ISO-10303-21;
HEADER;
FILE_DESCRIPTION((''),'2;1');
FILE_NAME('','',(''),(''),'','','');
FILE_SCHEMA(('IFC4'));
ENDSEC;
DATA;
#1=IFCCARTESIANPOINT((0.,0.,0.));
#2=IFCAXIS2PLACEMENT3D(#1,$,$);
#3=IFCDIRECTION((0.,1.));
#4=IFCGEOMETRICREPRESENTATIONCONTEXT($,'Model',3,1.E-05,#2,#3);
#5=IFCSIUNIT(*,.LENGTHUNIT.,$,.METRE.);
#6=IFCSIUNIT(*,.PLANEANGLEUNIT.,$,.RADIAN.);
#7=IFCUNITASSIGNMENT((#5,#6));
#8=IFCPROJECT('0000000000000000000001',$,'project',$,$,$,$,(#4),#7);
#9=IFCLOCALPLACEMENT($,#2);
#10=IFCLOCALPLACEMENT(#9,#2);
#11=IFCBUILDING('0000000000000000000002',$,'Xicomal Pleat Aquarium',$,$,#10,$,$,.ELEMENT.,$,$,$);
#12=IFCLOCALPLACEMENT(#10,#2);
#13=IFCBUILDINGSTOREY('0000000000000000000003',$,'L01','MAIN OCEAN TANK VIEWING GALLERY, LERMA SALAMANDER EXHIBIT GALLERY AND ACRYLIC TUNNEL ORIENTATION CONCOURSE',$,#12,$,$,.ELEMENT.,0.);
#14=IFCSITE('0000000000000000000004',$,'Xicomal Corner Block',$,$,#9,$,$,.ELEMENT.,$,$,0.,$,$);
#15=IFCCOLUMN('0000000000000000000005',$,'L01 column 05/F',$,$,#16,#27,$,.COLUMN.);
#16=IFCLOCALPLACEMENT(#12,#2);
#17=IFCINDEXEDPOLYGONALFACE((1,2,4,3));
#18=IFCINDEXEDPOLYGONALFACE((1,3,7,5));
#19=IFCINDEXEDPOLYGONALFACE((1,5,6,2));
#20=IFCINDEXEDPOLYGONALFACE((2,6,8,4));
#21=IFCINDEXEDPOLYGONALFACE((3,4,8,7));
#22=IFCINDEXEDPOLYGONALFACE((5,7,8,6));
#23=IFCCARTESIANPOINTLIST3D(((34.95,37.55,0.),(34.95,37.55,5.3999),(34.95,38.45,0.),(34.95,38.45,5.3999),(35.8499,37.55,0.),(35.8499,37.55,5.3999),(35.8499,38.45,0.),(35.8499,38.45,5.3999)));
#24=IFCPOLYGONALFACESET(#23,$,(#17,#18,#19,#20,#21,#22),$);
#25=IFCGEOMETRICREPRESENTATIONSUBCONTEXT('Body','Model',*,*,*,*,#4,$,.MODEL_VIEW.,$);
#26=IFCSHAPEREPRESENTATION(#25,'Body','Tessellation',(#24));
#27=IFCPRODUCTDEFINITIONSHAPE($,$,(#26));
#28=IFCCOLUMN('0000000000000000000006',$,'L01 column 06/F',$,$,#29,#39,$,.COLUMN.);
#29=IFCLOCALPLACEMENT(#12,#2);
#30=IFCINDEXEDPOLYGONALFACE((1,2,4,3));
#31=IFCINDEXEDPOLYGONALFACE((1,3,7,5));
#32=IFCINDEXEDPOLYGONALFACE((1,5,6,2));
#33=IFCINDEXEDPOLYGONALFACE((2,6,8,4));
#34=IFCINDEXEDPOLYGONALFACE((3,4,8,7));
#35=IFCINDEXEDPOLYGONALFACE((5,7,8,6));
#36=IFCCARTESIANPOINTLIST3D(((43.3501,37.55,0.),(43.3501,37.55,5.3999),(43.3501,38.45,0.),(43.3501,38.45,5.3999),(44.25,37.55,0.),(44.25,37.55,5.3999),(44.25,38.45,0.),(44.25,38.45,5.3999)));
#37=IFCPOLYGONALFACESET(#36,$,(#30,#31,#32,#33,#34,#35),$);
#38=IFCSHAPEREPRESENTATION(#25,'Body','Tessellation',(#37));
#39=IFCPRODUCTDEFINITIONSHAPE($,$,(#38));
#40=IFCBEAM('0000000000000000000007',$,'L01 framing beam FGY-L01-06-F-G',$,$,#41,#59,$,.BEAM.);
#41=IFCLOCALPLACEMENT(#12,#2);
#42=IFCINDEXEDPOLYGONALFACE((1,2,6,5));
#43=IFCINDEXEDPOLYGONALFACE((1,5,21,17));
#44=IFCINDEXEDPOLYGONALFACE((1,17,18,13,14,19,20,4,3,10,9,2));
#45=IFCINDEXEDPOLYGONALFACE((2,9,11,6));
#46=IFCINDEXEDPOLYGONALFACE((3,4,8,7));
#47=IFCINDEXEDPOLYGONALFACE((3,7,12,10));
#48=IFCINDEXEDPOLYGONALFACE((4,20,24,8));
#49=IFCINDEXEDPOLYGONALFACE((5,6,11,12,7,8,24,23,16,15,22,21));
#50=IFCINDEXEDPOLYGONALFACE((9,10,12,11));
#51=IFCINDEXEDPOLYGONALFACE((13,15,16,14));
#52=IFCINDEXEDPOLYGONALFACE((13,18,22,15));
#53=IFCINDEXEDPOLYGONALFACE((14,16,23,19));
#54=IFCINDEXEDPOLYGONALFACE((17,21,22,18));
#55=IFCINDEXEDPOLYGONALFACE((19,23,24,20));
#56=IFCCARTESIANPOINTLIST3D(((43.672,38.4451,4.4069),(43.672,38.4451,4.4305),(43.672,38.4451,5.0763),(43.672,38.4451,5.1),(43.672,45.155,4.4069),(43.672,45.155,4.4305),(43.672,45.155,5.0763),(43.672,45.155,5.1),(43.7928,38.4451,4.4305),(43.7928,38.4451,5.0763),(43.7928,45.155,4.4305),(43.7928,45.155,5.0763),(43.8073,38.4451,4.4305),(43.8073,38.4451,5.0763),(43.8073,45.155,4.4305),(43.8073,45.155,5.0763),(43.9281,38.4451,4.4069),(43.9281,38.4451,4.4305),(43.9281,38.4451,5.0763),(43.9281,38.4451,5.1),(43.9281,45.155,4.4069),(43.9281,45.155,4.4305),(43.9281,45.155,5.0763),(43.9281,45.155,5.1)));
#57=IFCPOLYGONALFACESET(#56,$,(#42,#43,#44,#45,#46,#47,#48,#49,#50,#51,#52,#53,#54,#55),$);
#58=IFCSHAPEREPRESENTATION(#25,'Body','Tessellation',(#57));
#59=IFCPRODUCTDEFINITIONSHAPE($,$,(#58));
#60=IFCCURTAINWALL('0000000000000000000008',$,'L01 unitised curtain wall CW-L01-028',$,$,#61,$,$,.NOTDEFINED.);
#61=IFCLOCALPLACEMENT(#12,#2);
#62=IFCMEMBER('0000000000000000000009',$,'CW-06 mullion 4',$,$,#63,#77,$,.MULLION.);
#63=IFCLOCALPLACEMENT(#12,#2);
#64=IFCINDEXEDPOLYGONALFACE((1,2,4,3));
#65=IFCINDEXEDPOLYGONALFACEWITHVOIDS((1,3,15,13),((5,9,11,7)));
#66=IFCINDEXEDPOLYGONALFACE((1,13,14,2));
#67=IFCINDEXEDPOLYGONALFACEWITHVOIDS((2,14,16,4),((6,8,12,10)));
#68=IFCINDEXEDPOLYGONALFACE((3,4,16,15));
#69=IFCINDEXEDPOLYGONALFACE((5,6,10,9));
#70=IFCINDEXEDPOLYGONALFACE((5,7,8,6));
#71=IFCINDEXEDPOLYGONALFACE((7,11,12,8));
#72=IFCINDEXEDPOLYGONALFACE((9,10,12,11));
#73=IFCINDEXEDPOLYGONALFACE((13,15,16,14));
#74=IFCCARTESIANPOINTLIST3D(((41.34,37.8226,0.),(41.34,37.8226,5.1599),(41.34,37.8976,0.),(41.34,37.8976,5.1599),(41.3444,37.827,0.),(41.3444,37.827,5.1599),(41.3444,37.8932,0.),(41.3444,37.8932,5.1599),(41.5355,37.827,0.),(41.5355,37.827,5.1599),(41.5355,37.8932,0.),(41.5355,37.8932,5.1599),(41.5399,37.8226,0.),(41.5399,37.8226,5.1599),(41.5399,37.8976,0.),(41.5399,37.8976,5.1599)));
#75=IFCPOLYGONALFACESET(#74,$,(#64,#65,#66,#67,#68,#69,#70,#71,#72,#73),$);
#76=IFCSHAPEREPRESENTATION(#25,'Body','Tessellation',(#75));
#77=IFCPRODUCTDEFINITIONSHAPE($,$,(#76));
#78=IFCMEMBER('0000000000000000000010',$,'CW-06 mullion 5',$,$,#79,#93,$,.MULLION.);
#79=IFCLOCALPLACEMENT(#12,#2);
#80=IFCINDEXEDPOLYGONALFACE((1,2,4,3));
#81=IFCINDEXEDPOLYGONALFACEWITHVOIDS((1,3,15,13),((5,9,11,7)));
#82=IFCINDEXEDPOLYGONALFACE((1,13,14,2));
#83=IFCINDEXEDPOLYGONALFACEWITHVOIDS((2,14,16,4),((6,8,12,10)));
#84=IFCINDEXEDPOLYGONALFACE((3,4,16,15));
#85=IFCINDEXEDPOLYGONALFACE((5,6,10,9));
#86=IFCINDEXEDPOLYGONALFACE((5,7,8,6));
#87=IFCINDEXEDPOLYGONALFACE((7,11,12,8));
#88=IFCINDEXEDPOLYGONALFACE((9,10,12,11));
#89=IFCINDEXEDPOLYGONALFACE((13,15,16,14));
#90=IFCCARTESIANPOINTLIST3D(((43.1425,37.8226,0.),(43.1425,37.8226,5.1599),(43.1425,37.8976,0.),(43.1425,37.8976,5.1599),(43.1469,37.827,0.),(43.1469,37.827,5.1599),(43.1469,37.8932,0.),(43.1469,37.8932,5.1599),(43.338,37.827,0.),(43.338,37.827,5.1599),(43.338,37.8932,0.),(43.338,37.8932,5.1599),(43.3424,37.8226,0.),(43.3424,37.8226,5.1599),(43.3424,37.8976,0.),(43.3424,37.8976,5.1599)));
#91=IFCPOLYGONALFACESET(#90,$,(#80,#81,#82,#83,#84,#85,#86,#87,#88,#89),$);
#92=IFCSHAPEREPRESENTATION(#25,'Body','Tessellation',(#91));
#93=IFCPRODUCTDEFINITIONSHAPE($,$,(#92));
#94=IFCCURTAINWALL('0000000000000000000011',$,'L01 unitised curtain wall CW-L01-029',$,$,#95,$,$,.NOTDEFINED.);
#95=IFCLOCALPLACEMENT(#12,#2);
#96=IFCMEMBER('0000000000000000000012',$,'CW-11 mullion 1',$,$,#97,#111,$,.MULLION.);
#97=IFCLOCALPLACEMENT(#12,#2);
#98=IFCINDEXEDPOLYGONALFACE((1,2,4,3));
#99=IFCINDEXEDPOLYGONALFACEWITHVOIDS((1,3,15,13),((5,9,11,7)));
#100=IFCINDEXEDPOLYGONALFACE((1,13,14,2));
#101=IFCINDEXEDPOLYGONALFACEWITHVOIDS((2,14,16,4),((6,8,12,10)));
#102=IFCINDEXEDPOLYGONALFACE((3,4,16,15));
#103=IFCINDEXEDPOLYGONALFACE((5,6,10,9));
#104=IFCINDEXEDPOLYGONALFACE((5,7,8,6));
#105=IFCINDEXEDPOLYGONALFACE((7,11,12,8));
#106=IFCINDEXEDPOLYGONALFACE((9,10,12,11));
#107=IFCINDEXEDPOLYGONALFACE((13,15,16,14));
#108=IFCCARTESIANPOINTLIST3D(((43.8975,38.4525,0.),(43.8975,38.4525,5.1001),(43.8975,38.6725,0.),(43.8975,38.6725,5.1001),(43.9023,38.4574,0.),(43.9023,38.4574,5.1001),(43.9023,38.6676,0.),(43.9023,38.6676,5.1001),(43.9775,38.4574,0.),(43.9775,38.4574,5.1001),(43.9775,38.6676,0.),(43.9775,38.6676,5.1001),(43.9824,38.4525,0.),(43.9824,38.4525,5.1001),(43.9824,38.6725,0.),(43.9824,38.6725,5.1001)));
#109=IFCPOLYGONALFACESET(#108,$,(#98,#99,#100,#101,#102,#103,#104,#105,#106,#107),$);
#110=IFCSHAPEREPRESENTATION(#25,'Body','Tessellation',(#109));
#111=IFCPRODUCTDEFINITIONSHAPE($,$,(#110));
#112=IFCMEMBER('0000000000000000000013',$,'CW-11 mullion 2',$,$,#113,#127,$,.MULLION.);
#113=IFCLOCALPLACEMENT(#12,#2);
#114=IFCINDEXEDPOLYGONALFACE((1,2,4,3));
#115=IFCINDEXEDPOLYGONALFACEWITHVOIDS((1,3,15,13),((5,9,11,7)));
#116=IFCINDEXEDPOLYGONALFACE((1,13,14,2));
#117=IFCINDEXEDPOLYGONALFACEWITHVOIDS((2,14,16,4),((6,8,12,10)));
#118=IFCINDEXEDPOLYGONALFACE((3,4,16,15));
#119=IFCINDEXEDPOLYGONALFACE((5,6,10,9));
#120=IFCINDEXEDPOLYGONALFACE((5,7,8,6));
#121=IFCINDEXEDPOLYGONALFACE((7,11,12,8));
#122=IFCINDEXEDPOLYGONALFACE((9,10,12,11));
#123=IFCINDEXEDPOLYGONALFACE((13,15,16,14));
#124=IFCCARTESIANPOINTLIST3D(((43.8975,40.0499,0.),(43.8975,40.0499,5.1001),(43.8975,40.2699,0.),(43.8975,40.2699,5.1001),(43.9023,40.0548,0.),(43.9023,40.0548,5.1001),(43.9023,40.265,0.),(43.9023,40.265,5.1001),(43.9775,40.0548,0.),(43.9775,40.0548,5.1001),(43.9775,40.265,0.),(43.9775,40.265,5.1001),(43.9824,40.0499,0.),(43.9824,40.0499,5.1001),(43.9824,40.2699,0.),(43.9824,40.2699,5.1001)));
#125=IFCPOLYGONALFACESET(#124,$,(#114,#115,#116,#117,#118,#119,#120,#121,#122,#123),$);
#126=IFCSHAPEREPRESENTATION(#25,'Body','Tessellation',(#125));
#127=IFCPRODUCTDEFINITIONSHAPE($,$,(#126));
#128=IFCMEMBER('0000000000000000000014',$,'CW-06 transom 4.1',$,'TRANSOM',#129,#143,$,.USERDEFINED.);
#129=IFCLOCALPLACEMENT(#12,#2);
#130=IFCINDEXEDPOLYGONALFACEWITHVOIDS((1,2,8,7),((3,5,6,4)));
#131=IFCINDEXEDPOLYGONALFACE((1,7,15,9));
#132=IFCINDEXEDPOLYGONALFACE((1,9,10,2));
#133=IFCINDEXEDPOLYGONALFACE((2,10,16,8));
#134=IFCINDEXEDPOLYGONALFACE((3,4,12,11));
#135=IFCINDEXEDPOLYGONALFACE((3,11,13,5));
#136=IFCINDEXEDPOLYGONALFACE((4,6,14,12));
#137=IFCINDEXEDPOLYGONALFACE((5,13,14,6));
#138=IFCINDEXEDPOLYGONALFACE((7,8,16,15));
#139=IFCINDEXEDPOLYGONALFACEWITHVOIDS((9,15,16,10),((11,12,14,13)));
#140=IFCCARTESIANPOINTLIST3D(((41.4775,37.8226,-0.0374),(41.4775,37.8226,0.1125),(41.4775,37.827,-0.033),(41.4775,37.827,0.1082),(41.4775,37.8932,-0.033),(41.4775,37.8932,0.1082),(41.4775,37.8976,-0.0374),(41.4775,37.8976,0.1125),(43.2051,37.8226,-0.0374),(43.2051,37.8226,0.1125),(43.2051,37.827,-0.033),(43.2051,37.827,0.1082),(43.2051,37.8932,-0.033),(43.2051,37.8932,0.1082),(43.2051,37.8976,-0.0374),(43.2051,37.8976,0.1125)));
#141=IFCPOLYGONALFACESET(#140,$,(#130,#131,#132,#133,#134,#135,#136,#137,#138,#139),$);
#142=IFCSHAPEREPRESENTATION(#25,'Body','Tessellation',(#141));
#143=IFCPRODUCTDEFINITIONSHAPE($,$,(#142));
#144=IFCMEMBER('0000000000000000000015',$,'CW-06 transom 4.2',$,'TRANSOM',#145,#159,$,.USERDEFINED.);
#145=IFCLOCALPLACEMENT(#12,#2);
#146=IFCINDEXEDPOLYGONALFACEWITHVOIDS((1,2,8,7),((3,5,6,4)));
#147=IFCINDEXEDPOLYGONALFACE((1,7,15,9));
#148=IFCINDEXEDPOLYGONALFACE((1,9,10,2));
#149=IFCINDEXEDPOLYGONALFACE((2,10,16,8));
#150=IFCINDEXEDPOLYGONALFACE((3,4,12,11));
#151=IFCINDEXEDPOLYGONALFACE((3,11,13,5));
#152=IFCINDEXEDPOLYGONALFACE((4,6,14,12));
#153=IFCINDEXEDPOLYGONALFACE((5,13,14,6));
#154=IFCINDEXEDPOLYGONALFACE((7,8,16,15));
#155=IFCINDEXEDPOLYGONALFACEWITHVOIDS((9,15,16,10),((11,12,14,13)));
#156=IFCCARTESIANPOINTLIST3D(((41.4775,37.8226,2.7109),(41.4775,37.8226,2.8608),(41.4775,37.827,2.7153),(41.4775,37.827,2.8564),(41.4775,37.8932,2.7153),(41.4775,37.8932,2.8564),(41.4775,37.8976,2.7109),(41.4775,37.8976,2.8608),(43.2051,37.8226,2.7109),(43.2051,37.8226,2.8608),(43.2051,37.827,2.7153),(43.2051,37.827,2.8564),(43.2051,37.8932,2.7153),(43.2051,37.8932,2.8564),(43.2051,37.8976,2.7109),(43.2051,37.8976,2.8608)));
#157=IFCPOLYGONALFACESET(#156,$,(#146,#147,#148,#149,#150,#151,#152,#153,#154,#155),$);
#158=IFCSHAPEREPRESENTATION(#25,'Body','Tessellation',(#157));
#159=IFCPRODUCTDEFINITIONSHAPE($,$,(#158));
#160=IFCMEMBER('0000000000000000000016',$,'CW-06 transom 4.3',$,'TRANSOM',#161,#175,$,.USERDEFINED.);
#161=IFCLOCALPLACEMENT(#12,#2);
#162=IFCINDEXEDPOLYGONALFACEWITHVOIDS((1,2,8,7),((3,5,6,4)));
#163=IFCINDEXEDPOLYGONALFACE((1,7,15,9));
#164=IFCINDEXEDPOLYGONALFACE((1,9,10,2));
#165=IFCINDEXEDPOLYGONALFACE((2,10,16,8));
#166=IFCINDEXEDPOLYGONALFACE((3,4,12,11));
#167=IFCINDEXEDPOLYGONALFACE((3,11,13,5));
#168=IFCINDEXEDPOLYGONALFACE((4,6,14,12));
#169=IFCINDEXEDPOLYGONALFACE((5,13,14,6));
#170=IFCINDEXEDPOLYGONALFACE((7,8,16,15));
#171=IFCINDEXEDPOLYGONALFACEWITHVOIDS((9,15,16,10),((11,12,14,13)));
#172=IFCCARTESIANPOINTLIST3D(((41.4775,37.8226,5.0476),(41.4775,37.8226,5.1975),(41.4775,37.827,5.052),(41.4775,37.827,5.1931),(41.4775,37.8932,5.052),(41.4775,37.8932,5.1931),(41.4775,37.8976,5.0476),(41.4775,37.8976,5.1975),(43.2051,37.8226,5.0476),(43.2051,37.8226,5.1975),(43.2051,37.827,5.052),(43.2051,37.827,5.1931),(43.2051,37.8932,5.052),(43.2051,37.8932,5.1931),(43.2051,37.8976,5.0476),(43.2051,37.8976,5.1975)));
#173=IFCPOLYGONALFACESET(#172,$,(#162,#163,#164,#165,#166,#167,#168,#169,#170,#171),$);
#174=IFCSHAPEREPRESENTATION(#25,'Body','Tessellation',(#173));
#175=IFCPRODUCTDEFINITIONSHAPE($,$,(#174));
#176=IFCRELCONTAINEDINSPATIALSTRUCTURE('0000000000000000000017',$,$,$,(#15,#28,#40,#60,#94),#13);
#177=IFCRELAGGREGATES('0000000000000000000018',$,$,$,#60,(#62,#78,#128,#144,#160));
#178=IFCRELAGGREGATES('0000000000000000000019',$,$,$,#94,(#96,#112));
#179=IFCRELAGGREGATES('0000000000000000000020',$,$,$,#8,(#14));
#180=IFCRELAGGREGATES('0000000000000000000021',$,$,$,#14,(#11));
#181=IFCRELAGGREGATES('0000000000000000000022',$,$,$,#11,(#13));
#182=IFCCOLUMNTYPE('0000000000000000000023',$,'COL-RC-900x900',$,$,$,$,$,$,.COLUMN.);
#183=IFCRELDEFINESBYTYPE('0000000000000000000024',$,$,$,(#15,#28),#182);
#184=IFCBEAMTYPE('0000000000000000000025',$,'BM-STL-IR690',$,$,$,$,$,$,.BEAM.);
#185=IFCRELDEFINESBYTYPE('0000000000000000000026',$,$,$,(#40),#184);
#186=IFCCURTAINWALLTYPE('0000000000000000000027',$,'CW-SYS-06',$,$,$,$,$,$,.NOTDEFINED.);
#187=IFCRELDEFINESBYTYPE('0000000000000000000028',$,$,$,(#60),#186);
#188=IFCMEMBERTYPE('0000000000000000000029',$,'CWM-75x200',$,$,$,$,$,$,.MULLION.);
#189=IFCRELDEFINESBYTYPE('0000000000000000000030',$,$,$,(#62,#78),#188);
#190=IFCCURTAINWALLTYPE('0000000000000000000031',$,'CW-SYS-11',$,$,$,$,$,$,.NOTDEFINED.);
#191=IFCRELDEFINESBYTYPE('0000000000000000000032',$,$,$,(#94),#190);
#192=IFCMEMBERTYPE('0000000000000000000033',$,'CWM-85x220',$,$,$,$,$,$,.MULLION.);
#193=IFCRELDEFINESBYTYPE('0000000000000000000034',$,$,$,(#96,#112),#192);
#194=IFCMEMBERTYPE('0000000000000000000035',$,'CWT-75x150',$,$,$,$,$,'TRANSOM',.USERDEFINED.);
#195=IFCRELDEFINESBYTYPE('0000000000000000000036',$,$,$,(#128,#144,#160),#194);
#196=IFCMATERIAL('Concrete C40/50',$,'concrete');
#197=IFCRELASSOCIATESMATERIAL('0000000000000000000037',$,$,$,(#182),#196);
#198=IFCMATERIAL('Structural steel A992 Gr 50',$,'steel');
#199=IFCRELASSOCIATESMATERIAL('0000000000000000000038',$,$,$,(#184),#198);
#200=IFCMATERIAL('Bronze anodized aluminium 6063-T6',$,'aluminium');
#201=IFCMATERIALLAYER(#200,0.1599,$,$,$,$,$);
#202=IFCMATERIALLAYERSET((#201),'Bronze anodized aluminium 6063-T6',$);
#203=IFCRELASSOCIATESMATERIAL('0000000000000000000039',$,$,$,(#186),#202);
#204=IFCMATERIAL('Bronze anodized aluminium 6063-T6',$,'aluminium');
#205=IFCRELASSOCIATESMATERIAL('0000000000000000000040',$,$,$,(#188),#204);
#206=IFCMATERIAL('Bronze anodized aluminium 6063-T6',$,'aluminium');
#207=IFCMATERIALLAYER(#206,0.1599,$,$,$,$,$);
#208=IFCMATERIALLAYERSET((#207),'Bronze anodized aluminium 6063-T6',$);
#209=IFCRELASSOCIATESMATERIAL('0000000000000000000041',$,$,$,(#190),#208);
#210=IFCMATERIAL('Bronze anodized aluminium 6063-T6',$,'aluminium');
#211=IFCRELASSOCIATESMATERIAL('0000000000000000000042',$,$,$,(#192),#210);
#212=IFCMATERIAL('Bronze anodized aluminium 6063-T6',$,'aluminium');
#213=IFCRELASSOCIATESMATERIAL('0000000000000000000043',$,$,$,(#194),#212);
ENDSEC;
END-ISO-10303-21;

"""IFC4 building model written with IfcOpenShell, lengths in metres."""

from ifc_helpers import new_model, si_unit, direction, frame, origin, origin_2d, place, context, subcontext, project, spatial, rectangle, hollow_rectangle, i_section, extrude, material, layer, layer_set, material_profile, profile_set, type_object, element, aggregate, save


model = new_model("IFC4")

# Units and contexts
model_context = context("Model", 3, precision=1e-05, world=origin(), true_north=direction((0.0, 1.0)))
body_context = subcontext(model_context, "Body", "Model", "MODEL_VIEW")
ifc_project = project(units=[si_unit("LENGTHUNIT", "METRE"), si_unit("PLANEANGLEUNIT", "RADIAN")], contexts=[model_context])

# Site, building, storey
site_placement = place(None, origin())
site = spatial("IfcSite", under=ifc_project, at=site_placement, Name="Xicomal Corner Block", CompositionType="ELEMENT", RefElevation=0.0)
building_placement = place(site_placement, origin())
building = spatial("IfcBuilding", under=site, at=building_placement, Name="Xicomal Pleat Aquarium", CompositionType="ELEMENT")
storey_placement = place(building_placement, origin())
storey = spatial("IfcBuildingStorey", under=building, at=storey_placement, Name="L01", Description="MAIN OCEAN TANK VIEWING GALLERY, LERMA SALAMANDER EXHIBIT GALLERY AND ACRYLIC TUNNEL ORIENTATION CONCOURSE", CompositionType="ELEMENT", Elevation=0.0)

# Columns
ifc_material_1 = material(Name="Concrete C40/50", Category="concrete")
ifc_material_profile_1 = material_profile(ifc_material_1, rectangle(XDim=0.8999, YDim=0.8999, at=origin_2d()), Name="RC 900x900")
ifc_profile_set_1 = profile_set([ifc_material_profile_1], Name="Concrete C40/50")
column_type = type_object("IfcColumnType", Name="COL-RC-900x900", PredefinedType="COLUMN", material=ifc_profile_set_1)
for number, where, z_axis, x_axis, name in (
    (1, (35.3999, 38.0, 0.0), (0.0, 0.0, 1.0), (1.0, 0.0, 0.0), "L01 column 05/F"),
    (2, (43.8, 38.0, 0.0), (0.0, 0.0, 1.0), (1.0, 0.0, 0.0), "L01 column 06/F"),
):
    element("IfcColumn", number, at=place(storey_placement, frame(where, z_axis=z_axis, x_axis=x_axis)), inside=storey, type_object=column_type, Name=name, PredefinedType="COLUMN", context=body_context, shape_type="SweptSolid", body=[
        extrude(rectangle(XDim=0.8999, YDim=0.8999, at=origin_2d()), origin(), (0.0, 0.0, 1.0), 5.3999),
    ])

# Beam
ifc_material_2 = material(Name="Structural steel A992 Gr 50", Category="steel")
ifc_material_profile_2 = material_profile(ifc_material_2, i_section(OverallWidth=0.2561, OverallDepth=0.6931, WebThickness=0.0144, FlangeThickness=0.0237, at=origin_2d()), Name="IR 690x170")
ifc_profile_set_2 = profile_set([ifc_material_profile_2], Name="Structural steel A992 Gr 50")
beam_type = type_object("IfcBeamType", Name="BM-STL-IR690", PredefinedType="BEAM", material=ifc_profile_set_2)
beam_placement = place(storey_placement, frame((43.8, 38.4451, 4.7534), z_axis=(0.0, 1.0, 0.0), x_axis=(-1.0, 0.0, 0.0)))
element("IfcBeam", 3, at=beam_placement, inside=storey, type_object=beam_type, Name="L01 framing beam FGY-L01-06-F-G", PredefinedType="BEAM", context=body_context, shape_type="SweptSolid", body=[
    extrude(i_section(OverallWidth=0.2561, OverallDepth=0.6931, WebThickness=0.0144, FlangeThickness=0.0237, at=origin_2d()), origin(), (0.0, 0.0, 1.0), 6.71),
])

# Curtain walls, members
ifc_material_3 = material(Name="Bronze anodized aluminium 6063-T6", Category="aluminium")
ifc_layer_1 = layer(ifc_material_3, 0.1599)
ifc_layer_set_1 = layer_set([ifc_layer_1], Name="Bronze anodized aluminium 6063-T6")
curtain_wall_type_1 = type_object("IfcCurtainWallType", Name="CW-SYS-06", PredefinedType="NOTDEFINED", material=ifc_layer_set_1)
curtain_wall_1_placement = place(storey_placement, origin())
curtain_wall_1 = element("IfcCurtainWall", 4, at=curtain_wall_1_placement, inside=storey, type_object=curtain_wall_type_1, Name="L01 unitised curtain wall CW-L01-028", PredefinedType="NOTDEFINED")
ifc_material_4 = material(Name="Bronze anodized aluminium 6063-T6", Category="aluminium")
ifc_material_profile_3 = material_profile(ifc_material_4, hollow_rectangle(XDim=0.075, YDim=0.2, WallThickness=0.0044, at=origin_2d()), Name="ALU MULL 75x200")
ifc_profile_set_3 = profile_set([ifc_material_profile_3], Name="Bronze anodized aluminium 6063-T6")
member_type_1 = type_object("IfcMemberType", Name="CWM-75x200", PredefinedType="MULLION", material=ifc_profile_set_3)
member_1_placement = place(storey_placement, frame((41.4399, 37.8601, 0.0), z_axis=(0.0, 0.0, 1.0), x_axis=(0.0, 1.0, 0.0)))
member_1 = element("IfcMember", 5, at=member_1_placement, type_object=member_type_1, Name="CW-06 mullion 4", PredefinedType="MULLION", context=body_context, shape_type="SweptSolid", body=[
    extrude(hollow_rectangle(XDim=0.075, YDim=0.2, WallThickness=0.0044, at=origin_2d()), origin(), (0.0, 0.0, 1.0), 5.1599),
])
member_2_placement = place(storey_placement, frame((43.2424, 37.8601, 0.0), z_axis=(0.0, 0.0, 1.0), x_axis=(0.0, 1.0, 0.0)))
member_2 = element("IfcMember", 6, at=member_2_placement, type_object=member_type_1, Name="CW-06 mullion 5", PredefinedType="MULLION", context=body_context, shape_type="SweptSolid", body=[
    extrude(hollow_rectangle(XDim=0.075, YDim=0.2, WallThickness=0.0044, at=origin_2d()), origin(), (0.0, 0.0, 1.0), 5.1599),
])
ifc_material_5 = material(Name="Bronze anodized aluminium 6063-T6", Category="aluminium")
ifc_layer_2 = layer(ifc_material_5, 0.1599)
ifc_layer_set_2 = layer_set([ifc_layer_2], Name="Bronze anodized aluminium 6063-T6")
curtain_wall_type_2 = type_object("IfcCurtainWallType", Name="CW-SYS-11", PredefinedType="NOTDEFINED", material=ifc_layer_set_2)
curtain_wall_2_placement = place(storey_placement, origin())
curtain_wall_2 = element("IfcCurtainWall", 7, at=curtain_wall_2_placement, inside=storey, type_object=curtain_wall_type_2, Name="L01 unitised curtain wall CW-L01-029", PredefinedType="NOTDEFINED")
ifc_material_6 = material(Name="Bronze anodized aluminium 6063-T6", Category="aluminium")
ifc_material_profile_4 = material_profile(ifc_material_6, hollow_rectangle(XDim=0.085, YDim=0.22, WallThickness=0.0049, at=origin_2d()), Name="ALU MULL 85x220")
ifc_profile_set_4 = profile_set([ifc_material_profile_4], Name="Bronze anodized aluminium 6063-T6")
member_type_2 = type_object("IfcMemberType", Name="CWM-85x220", PredefinedType="MULLION", material=ifc_profile_set_4)
member_3_placement = place(storey_placement, frame((43.9399, 38.5625, 0.0), z_axis=(0.0, 0.0, 1.0), x_axis=(-1.0, 0.0, 0.0)))
member_3 = element("IfcMember", 8, at=member_3_placement, type_object=member_type_2, Name="CW-11 mullion 1", PredefinedType="MULLION", context=body_context, shape_type="SweptSolid", body=[
    extrude(hollow_rectangle(XDim=0.085, YDim=0.22, WallThickness=0.0049, at=origin_2d()), origin(), (0.0, 0.0, 1.0), 5.1001),
])
member_4_placement = place(storey_placement, frame((43.9399, 40.1599, 0.0), z_axis=(0.0, 0.0, 1.0), x_axis=(-1.0, 0.0, 0.0)))
member_4 = element("IfcMember", 9, at=member_4_placement, type_object=member_type_2, Name="CW-11 mullion 2", PredefinedType="MULLION", context=body_context, shape_type="SweptSolid", body=[
    extrude(hollow_rectangle(XDim=0.085, YDim=0.22, WallThickness=0.0049, at=origin_2d()), origin(), (0.0, 0.0, 1.0), 5.1001),
])

# Members
ifc_material_7 = material(Name="Bronze anodized aluminium 6063-T6", Category="aluminium")
ifc_material_profile_5 = material_profile(ifc_material_7, hollow_rectangle(XDim=0.075, YDim=0.1499, WallThickness=0.0044, at=origin_2d()), Name="ALU TRAN 75x150")
ifc_profile_set_5 = profile_set([ifc_material_profile_5], Name="Bronze anodized aluminium 6063-T6")
member_type_3 = type_object("IfcMemberType", Name="CWT-75x150", ElementType="TRANSOM", PredefinedType="USERDEFINED", material=ifc_profile_set_5)
member_5_placement = place(storey_placement, frame((41.4775, 37.8601, 0.0376), z_axis=(1.0, 0.0, 0.0), x_axis=(0.0, 1.0, 0.0)))
member_5 = element("IfcMember", 10, at=member_5_placement, type_object=member_type_3, Name="CW-06 transom 4.1", ObjectType="TRANSOM", PredefinedType="USERDEFINED", context=body_context, shape_type="SweptSolid", body=[
    extrude(hollow_rectangle(XDim=0.075, YDim=0.1499, WallThickness=0.0044, at=origin_2d()), origin(), (0.0, 0.0, 1.0), 1.7275),
])
member_6_placement = place(storey_placement, frame((41.4775, 37.8601, 2.7859), z_axis=(1.0, 0.0, 0.0), x_axis=(0.0, 1.0, 0.0)))
member_6 = element("IfcMember", 11, at=member_6_placement, type_object=member_type_3, Name="CW-06 transom 4.2", ObjectType="TRANSOM", PredefinedType="USERDEFINED", context=body_context, shape_type="SweptSolid", body=[
    extrude(hollow_rectangle(XDim=0.075, YDim=0.1499, WallThickness=0.0044, at=origin_2d()), origin(), (0.0, 0.0, 1.0), 1.7275),
])
member_7_placement = place(storey_placement, frame((41.4775, 37.8601, 5.1226), z_axis=(1.0, 0.0, 0.0), x_axis=(0.0, 1.0, 0.0)))
member_7 = element("IfcMember", 12, at=member_7_placement, type_object=member_type_3, Name="CW-06 transom 4.3", ObjectType="TRANSOM", PredefinedType="USERDEFINED", context=body_context, shape_type="SweptSolid", body=[
    extrude(hollow_rectangle(XDim=0.075, YDim=0.1499, WallThickness=0.0044, at=origin_2d()), origin(), (0.0, 0.0, 1.0), 1.7275),
])

aggregate(curtain_wall_1, [member_1, member_2, member_5, member_6, member_7])
aggregate(curtain_wall_2, [member_3, member_4])

save(model, "model.ifc")
